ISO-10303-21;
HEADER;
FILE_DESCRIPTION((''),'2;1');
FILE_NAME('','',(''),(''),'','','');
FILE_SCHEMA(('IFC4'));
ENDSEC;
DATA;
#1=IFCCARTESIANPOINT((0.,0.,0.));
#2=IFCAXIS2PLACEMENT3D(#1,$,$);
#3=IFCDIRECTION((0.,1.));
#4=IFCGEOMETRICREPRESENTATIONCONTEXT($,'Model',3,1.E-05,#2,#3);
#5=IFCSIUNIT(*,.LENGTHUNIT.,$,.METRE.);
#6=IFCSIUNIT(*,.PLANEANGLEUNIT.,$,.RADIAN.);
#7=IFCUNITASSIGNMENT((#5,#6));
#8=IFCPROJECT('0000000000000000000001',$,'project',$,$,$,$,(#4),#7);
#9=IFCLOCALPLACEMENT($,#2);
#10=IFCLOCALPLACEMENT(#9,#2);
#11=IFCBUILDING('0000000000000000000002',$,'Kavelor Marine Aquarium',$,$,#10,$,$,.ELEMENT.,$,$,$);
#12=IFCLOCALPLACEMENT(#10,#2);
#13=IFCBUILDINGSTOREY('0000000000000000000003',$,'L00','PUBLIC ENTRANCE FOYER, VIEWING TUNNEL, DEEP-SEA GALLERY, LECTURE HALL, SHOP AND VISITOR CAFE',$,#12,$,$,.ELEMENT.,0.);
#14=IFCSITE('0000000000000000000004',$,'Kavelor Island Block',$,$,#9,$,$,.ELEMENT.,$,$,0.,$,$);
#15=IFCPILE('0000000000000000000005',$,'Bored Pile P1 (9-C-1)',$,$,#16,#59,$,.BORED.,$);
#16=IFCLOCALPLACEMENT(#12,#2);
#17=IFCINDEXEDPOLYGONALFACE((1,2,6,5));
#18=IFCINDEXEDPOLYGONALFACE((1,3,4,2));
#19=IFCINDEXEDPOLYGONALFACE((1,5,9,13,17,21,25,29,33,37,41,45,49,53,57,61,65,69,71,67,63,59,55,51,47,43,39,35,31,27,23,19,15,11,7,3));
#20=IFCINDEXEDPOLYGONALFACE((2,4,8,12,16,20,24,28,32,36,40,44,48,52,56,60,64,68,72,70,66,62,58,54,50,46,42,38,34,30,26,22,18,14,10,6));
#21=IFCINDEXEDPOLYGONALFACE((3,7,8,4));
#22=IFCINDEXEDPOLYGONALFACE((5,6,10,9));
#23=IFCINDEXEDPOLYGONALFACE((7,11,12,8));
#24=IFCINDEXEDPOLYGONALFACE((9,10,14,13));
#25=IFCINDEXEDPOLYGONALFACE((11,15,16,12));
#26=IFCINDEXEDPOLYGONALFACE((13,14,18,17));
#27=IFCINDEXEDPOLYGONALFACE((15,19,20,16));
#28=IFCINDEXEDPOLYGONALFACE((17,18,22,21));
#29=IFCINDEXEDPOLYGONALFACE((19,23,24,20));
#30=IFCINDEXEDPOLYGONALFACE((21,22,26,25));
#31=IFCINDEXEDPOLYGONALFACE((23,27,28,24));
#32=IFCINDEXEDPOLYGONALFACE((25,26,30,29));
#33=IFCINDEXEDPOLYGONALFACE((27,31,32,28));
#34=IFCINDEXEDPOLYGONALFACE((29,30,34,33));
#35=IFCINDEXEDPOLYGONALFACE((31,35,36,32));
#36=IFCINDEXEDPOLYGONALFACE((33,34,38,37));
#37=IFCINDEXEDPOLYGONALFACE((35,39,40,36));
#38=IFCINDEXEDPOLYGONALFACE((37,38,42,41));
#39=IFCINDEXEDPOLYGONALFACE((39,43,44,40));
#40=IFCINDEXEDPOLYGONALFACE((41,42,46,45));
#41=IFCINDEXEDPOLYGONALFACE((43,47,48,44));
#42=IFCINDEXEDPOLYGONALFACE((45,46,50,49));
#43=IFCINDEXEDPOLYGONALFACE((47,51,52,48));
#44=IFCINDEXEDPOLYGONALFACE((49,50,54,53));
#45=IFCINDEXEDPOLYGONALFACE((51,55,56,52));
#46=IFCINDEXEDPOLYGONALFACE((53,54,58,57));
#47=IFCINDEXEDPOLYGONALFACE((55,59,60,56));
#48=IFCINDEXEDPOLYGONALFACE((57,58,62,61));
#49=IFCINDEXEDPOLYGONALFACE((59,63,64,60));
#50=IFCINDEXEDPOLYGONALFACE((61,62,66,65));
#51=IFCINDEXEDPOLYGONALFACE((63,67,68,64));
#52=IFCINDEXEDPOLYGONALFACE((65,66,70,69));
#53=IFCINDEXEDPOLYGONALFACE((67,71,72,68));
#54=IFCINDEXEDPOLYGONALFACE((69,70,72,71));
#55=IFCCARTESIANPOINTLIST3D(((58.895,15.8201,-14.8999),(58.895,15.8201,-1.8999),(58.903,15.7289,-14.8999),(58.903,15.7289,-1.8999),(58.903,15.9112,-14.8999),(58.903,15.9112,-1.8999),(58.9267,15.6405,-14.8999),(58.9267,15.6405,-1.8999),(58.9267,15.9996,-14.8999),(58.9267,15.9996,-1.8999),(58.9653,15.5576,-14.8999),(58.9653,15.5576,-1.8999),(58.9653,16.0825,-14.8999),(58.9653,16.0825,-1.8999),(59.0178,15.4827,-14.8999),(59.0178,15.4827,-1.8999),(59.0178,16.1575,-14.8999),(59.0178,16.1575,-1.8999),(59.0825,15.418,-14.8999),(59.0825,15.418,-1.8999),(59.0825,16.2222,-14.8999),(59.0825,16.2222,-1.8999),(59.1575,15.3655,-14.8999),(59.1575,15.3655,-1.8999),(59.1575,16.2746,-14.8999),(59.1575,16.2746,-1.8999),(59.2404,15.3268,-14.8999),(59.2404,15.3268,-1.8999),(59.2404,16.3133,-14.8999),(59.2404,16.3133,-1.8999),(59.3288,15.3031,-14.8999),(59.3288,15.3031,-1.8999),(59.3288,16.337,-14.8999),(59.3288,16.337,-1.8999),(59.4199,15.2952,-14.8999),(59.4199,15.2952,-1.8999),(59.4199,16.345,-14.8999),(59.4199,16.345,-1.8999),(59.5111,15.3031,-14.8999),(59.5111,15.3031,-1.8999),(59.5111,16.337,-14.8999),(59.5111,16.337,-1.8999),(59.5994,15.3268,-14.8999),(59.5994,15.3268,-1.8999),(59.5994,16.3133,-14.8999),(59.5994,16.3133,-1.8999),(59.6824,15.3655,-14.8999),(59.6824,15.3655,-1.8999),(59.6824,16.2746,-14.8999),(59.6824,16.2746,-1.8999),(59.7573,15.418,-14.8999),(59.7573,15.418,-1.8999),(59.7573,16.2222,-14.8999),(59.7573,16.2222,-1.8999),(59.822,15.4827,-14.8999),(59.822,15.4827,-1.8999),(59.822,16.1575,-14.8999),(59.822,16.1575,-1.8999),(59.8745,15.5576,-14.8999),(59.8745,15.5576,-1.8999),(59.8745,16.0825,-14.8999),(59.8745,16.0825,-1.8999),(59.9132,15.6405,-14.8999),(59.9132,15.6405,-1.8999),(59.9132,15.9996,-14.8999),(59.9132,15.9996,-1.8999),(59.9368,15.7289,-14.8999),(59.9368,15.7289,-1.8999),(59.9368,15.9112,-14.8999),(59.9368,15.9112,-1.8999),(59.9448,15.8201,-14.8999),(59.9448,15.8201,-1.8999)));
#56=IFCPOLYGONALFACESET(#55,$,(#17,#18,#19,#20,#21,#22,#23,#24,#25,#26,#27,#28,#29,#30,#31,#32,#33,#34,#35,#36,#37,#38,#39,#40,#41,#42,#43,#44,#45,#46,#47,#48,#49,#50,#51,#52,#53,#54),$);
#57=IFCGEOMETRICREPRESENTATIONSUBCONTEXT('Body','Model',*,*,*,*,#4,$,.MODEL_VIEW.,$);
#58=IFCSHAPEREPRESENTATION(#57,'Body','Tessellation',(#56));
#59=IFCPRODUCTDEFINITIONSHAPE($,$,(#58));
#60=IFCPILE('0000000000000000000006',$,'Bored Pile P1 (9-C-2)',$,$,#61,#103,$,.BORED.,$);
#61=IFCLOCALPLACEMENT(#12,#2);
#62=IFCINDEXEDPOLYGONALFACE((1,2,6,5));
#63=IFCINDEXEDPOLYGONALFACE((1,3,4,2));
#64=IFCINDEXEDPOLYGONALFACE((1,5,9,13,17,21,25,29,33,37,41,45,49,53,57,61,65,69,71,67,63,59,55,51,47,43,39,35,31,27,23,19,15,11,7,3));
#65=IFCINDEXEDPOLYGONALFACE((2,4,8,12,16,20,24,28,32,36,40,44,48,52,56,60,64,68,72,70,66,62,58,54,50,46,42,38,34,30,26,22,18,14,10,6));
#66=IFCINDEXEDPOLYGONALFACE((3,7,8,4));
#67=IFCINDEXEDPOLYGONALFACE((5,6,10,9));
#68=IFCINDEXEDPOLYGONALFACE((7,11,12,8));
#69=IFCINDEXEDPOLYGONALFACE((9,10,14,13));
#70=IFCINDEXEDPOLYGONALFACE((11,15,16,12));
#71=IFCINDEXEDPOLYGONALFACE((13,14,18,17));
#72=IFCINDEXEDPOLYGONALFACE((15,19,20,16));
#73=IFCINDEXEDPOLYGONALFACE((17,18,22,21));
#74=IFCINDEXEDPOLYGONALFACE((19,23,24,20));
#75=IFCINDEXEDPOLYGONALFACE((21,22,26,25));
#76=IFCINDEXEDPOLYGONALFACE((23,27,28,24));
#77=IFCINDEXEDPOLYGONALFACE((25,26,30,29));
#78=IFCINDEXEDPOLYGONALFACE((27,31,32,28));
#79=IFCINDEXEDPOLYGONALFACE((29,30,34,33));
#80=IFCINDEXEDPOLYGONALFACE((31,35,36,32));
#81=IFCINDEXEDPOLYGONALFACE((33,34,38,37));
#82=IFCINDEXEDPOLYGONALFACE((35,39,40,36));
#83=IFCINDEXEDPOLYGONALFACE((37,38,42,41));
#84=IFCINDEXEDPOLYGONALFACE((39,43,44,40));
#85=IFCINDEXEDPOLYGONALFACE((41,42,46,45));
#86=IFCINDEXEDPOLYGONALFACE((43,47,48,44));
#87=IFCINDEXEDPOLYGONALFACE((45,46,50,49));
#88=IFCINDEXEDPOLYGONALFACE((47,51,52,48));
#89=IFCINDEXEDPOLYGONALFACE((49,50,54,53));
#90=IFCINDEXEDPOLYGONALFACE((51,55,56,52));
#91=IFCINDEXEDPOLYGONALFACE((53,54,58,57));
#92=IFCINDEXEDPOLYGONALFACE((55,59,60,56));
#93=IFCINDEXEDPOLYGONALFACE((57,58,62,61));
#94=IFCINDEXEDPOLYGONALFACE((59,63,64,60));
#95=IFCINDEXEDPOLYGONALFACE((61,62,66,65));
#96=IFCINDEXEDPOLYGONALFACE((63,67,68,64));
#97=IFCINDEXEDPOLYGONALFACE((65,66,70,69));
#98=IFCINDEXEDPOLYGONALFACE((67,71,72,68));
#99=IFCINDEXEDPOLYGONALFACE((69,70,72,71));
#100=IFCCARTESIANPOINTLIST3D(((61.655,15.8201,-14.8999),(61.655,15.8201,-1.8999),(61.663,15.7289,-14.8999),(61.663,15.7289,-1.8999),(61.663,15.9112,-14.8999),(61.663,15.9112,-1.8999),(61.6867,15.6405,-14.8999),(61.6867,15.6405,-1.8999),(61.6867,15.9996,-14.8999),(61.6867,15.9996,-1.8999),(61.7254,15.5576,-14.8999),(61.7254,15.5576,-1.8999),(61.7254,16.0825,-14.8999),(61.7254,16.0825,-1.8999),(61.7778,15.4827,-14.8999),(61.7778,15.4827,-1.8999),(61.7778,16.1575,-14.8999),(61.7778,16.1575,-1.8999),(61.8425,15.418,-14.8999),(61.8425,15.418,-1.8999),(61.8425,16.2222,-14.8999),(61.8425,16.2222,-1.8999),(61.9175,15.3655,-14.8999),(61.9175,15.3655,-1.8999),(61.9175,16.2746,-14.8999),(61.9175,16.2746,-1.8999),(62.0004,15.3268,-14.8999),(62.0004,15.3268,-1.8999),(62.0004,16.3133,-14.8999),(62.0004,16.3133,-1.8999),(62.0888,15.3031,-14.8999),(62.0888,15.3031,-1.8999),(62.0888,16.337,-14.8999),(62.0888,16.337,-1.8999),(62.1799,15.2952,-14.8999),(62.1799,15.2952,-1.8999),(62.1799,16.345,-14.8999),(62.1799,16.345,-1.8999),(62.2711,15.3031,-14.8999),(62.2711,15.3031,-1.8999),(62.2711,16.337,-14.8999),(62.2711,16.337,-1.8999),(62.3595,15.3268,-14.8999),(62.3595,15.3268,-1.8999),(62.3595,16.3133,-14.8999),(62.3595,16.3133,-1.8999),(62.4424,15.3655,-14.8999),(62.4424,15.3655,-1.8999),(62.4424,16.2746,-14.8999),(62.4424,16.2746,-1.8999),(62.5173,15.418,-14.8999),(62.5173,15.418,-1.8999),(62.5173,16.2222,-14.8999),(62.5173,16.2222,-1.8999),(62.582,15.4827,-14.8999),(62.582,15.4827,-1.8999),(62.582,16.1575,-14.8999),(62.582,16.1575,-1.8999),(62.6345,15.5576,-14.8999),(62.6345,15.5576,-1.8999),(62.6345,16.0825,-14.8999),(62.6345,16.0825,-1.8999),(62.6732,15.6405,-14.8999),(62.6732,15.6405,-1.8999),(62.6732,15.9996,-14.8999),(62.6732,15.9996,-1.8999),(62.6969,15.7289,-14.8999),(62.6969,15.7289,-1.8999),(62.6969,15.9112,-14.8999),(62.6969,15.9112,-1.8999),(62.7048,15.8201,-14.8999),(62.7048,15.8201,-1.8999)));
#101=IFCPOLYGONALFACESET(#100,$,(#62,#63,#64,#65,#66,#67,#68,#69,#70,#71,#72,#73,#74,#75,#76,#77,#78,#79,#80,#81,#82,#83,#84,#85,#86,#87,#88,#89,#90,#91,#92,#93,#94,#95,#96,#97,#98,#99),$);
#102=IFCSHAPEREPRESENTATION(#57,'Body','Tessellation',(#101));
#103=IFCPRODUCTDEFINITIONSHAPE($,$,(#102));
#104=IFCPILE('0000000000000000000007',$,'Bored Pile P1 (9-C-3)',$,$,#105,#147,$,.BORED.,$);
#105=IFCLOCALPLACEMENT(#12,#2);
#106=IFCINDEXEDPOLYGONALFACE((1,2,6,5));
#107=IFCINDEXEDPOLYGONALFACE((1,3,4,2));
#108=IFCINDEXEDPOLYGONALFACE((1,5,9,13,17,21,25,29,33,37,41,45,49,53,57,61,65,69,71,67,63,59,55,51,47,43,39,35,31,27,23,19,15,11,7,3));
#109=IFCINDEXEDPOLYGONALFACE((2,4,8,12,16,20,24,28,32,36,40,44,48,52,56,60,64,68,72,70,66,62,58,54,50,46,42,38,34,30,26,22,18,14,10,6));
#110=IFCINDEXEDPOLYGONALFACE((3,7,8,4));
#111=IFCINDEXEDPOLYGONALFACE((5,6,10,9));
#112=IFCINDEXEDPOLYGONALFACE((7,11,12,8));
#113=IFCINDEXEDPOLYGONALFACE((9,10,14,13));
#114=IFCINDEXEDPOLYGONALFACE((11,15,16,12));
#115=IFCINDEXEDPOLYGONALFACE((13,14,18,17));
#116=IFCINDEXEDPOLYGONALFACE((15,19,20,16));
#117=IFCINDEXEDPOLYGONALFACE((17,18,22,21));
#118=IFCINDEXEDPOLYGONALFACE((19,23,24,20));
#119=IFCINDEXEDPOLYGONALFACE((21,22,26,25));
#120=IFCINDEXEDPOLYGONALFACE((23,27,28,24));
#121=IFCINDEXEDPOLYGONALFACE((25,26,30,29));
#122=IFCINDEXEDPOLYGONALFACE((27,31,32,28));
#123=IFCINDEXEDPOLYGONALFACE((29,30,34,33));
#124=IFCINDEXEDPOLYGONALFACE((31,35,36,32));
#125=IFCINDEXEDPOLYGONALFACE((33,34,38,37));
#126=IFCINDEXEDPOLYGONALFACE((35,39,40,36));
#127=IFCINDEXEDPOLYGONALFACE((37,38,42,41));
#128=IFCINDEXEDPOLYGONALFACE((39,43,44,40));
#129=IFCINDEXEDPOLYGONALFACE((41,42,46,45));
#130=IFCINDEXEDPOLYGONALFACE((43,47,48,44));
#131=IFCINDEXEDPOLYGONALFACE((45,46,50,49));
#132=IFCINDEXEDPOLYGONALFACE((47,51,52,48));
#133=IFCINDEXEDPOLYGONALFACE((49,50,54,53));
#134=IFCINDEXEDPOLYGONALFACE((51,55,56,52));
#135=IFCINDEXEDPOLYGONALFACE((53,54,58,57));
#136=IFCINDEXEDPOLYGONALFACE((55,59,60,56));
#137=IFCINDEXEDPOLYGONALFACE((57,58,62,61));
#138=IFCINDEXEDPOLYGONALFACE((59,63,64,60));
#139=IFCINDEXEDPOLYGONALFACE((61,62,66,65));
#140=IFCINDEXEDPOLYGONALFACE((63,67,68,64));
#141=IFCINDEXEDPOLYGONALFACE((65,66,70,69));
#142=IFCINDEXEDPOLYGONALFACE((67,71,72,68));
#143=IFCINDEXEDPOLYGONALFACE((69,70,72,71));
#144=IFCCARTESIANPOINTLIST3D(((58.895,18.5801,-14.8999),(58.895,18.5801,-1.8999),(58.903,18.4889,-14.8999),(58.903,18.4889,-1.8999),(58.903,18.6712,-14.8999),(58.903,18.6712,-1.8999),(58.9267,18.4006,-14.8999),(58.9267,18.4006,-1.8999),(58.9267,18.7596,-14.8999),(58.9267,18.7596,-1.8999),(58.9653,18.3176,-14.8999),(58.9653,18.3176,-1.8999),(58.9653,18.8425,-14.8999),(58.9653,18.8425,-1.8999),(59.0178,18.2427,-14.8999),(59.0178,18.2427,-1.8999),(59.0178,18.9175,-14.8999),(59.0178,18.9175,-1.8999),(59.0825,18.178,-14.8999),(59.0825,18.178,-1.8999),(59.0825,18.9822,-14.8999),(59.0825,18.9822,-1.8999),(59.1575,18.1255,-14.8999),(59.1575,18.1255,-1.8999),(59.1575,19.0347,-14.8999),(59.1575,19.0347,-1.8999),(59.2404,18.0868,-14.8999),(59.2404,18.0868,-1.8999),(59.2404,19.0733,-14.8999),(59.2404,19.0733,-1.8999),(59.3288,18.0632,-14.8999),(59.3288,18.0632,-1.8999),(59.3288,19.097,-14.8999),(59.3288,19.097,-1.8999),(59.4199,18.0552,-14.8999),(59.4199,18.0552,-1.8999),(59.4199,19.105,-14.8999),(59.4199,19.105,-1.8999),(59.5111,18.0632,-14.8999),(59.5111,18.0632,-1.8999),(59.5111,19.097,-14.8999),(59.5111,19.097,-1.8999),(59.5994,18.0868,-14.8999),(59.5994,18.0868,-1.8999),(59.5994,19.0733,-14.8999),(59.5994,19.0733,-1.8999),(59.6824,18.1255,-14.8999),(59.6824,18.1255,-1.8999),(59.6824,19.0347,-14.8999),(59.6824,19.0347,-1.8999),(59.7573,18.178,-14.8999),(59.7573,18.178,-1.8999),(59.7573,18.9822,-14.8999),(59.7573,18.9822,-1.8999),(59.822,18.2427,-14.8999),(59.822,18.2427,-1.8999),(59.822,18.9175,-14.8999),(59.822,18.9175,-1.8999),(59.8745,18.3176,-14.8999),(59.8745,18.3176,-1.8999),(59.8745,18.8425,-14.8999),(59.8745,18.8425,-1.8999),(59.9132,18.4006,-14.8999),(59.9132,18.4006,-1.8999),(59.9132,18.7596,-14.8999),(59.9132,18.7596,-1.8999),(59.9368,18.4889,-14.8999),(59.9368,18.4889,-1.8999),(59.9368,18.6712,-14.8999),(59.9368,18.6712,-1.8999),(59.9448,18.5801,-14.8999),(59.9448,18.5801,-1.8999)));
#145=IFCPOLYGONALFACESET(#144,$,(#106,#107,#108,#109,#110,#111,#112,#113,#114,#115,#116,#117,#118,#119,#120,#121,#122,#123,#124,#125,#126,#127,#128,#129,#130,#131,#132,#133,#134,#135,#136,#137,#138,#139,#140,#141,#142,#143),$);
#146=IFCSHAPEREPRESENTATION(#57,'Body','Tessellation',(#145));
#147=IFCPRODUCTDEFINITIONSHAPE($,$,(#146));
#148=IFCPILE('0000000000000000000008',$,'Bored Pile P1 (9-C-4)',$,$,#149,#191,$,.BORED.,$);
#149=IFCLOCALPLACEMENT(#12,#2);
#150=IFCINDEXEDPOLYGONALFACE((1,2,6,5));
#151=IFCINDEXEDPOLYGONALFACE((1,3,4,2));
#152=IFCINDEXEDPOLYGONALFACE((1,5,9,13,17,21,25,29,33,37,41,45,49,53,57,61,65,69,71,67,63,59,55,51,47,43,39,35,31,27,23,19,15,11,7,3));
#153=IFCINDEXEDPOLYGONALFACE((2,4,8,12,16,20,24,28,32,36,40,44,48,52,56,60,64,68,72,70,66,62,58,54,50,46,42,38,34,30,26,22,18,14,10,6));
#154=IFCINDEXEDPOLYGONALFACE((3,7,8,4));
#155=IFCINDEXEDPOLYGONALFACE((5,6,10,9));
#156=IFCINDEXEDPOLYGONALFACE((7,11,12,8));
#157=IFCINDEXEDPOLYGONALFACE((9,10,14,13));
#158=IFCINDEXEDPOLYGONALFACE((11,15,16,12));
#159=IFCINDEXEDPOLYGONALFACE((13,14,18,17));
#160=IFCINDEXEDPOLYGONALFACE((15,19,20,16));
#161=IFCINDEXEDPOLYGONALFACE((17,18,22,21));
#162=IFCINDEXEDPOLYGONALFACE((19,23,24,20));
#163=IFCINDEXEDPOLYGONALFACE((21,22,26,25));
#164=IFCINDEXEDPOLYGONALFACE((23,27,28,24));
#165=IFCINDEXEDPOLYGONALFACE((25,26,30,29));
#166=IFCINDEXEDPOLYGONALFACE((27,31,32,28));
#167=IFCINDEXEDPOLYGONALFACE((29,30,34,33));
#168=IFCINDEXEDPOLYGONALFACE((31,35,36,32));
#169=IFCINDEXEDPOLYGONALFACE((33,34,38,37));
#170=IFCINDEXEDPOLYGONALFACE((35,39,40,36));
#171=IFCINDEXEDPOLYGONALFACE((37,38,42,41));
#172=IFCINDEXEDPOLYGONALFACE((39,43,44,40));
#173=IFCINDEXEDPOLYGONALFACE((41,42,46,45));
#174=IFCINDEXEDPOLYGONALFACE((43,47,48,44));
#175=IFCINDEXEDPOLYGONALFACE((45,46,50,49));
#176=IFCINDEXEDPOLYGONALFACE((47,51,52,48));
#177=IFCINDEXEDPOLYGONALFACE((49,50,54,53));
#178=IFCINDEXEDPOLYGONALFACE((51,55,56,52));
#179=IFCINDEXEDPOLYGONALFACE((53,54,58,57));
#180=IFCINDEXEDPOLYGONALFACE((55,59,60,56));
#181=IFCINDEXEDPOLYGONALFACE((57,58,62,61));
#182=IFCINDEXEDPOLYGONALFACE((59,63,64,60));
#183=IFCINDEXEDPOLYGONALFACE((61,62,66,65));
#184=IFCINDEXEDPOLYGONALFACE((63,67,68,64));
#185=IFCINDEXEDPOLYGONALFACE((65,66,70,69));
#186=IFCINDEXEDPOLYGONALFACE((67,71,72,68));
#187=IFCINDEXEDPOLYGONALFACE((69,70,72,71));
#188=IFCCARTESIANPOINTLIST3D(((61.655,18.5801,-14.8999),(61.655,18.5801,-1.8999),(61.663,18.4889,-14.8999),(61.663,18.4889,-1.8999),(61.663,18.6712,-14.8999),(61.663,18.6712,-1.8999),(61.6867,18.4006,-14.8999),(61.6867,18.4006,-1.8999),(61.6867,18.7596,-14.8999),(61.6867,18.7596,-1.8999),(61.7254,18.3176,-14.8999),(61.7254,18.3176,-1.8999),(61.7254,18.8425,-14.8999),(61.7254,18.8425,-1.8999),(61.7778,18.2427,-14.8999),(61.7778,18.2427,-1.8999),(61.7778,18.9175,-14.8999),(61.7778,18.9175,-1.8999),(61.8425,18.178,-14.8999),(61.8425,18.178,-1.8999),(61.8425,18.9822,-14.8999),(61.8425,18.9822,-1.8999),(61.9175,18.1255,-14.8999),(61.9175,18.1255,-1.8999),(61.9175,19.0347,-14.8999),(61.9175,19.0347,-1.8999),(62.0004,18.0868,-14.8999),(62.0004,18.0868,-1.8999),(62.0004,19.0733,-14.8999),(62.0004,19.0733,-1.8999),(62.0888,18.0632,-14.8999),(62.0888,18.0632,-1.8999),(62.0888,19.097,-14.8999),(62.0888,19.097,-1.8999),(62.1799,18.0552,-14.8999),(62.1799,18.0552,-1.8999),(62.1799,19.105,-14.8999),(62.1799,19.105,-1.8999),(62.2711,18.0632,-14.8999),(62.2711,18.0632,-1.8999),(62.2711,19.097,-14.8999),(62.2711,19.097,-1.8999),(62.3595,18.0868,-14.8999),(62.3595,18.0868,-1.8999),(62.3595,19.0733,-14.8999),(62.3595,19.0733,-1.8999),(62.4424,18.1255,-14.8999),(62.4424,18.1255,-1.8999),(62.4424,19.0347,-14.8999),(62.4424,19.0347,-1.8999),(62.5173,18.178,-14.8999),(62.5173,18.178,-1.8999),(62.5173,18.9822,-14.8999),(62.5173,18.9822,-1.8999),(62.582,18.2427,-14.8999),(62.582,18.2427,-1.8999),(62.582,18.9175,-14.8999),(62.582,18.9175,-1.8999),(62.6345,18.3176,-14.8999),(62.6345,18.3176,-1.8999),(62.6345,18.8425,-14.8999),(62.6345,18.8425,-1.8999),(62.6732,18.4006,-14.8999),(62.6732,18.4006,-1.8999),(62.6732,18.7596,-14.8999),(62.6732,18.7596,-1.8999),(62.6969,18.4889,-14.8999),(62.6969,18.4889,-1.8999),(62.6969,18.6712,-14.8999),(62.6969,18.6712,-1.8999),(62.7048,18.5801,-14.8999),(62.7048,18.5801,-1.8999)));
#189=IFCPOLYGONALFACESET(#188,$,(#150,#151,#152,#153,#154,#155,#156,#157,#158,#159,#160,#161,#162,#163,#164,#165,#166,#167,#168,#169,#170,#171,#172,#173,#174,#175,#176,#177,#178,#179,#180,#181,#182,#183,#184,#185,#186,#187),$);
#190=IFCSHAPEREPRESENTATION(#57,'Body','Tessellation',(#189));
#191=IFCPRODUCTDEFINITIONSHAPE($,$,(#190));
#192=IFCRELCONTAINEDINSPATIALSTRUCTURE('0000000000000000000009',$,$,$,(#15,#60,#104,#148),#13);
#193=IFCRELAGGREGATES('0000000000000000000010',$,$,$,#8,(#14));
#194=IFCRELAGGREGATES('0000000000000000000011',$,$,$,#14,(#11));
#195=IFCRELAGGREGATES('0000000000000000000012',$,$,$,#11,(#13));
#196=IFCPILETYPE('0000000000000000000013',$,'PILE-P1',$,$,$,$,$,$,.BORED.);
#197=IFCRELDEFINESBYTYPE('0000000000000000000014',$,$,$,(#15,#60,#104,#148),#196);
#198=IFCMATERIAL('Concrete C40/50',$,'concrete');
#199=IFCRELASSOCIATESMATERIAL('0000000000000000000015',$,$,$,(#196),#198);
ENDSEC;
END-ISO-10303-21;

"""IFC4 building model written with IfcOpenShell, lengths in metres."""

from ifc_helpers import new_model, si_unit, direction, frame, origin, origin_2d, place, context, subcontext, project, spatial, circle, extrude, material, material_profile, profile_set, type_object, element, save


model = new_model("IFC4")

# Units and contexts
model_context = context("Model", 3, precision=1e-05, world=origin(), true_north=direction((0.0, 1.0)))
body_context = subcontext(model_context, "Body", "Model", "MODEL_VIEW")
ifc_project = project(units=[si_unit("LENGTHUNIT", "METRE"), si_unit("PLANEANGLEUNIT", "RADIAN")], contexts=[model_context])

# Site, building, storey
site_placement = place(None, origin())
site = spatial("IfcSite", under=ifc_project, at=site_placement, Name="Kavelor Island Block", CompositionType="ELEMENT", RefElevation=0.0)
building_placement = place(site_placement, origin())
building = spatial("IfcBuilding", under=site, at=building_placement, Name="Kavelor Marine Aquarium", CompositionType="ELEMENT")
storey_placement = place(building_placement, origin())
storey = spatial("IfcBuildingStorey", under=building, at=storey_placement, Name="L00", Description="PUBLIC ENTRANCE FOYER, VIEWING TUNNEL, DEEP-SEA GALLERY, LECTURE HALL, SHOP AND VISITOR CAFE", CompositionType="ELEMENT", Elevation=0.0)

# Piles
ifc_material_1 = material(Name="Concrete C40/50", Category="concrete")
ifc_material_profile_1 = material_profile(ifc_material_1, circle(Radius=0.5249, at=origin_2d()), Name="PILE D1050")
ifc_profile_set_1 = profile_set([ifc_material_profile_1], Name="Concrete C40/50")
pile_type = type_object("IfcPileType", Name="PILE-P1", PredefinedType="BORED", material=ifc_profile_set_1)
for number, where, z_axis, x_axis, name in (
    (1, (59.4199, 15.8201, -1.8999), (0.0, 0.0, -1.0), (1.0, 0.0, 0.0), "Bored Pile P1 (9-C-1)"),
    (2, (62.1799, 15.8201, -1.8999), (0.0, 0.0, -1.0), (1.0, 0.0, 0.0), "Bored Pile P1 (9-C-2)"),
    (3, (59.4199, 18.5801, -1.8999), (0.0, 0.0, -1.0), (1.0, 0.0, 0.0), "Bored Pile P1 (9-C-3)"),
    (4, (62.1799, 18.5801, -1.8999), (0.0, 0.0, -1.0), (1.0, 0.0, 0.0), "Bored Pile P1 (9-C-4)"),
):
    element("IfcPile", number, at=place(storey_placement, frame(where, z_axis=z_axis, x_axis=x_axis)), inside=storey, type_object=pile_type, Name=name, PredefinedType="BORED", context=body_context, shape_type="SweptSolid", body=[
        extrude(circle(Radius=0.5249, at=origin_2d()), origin(), (0.0, 0.0, 1.0), 13.0),
    ])

save(model, "model.ifc")
